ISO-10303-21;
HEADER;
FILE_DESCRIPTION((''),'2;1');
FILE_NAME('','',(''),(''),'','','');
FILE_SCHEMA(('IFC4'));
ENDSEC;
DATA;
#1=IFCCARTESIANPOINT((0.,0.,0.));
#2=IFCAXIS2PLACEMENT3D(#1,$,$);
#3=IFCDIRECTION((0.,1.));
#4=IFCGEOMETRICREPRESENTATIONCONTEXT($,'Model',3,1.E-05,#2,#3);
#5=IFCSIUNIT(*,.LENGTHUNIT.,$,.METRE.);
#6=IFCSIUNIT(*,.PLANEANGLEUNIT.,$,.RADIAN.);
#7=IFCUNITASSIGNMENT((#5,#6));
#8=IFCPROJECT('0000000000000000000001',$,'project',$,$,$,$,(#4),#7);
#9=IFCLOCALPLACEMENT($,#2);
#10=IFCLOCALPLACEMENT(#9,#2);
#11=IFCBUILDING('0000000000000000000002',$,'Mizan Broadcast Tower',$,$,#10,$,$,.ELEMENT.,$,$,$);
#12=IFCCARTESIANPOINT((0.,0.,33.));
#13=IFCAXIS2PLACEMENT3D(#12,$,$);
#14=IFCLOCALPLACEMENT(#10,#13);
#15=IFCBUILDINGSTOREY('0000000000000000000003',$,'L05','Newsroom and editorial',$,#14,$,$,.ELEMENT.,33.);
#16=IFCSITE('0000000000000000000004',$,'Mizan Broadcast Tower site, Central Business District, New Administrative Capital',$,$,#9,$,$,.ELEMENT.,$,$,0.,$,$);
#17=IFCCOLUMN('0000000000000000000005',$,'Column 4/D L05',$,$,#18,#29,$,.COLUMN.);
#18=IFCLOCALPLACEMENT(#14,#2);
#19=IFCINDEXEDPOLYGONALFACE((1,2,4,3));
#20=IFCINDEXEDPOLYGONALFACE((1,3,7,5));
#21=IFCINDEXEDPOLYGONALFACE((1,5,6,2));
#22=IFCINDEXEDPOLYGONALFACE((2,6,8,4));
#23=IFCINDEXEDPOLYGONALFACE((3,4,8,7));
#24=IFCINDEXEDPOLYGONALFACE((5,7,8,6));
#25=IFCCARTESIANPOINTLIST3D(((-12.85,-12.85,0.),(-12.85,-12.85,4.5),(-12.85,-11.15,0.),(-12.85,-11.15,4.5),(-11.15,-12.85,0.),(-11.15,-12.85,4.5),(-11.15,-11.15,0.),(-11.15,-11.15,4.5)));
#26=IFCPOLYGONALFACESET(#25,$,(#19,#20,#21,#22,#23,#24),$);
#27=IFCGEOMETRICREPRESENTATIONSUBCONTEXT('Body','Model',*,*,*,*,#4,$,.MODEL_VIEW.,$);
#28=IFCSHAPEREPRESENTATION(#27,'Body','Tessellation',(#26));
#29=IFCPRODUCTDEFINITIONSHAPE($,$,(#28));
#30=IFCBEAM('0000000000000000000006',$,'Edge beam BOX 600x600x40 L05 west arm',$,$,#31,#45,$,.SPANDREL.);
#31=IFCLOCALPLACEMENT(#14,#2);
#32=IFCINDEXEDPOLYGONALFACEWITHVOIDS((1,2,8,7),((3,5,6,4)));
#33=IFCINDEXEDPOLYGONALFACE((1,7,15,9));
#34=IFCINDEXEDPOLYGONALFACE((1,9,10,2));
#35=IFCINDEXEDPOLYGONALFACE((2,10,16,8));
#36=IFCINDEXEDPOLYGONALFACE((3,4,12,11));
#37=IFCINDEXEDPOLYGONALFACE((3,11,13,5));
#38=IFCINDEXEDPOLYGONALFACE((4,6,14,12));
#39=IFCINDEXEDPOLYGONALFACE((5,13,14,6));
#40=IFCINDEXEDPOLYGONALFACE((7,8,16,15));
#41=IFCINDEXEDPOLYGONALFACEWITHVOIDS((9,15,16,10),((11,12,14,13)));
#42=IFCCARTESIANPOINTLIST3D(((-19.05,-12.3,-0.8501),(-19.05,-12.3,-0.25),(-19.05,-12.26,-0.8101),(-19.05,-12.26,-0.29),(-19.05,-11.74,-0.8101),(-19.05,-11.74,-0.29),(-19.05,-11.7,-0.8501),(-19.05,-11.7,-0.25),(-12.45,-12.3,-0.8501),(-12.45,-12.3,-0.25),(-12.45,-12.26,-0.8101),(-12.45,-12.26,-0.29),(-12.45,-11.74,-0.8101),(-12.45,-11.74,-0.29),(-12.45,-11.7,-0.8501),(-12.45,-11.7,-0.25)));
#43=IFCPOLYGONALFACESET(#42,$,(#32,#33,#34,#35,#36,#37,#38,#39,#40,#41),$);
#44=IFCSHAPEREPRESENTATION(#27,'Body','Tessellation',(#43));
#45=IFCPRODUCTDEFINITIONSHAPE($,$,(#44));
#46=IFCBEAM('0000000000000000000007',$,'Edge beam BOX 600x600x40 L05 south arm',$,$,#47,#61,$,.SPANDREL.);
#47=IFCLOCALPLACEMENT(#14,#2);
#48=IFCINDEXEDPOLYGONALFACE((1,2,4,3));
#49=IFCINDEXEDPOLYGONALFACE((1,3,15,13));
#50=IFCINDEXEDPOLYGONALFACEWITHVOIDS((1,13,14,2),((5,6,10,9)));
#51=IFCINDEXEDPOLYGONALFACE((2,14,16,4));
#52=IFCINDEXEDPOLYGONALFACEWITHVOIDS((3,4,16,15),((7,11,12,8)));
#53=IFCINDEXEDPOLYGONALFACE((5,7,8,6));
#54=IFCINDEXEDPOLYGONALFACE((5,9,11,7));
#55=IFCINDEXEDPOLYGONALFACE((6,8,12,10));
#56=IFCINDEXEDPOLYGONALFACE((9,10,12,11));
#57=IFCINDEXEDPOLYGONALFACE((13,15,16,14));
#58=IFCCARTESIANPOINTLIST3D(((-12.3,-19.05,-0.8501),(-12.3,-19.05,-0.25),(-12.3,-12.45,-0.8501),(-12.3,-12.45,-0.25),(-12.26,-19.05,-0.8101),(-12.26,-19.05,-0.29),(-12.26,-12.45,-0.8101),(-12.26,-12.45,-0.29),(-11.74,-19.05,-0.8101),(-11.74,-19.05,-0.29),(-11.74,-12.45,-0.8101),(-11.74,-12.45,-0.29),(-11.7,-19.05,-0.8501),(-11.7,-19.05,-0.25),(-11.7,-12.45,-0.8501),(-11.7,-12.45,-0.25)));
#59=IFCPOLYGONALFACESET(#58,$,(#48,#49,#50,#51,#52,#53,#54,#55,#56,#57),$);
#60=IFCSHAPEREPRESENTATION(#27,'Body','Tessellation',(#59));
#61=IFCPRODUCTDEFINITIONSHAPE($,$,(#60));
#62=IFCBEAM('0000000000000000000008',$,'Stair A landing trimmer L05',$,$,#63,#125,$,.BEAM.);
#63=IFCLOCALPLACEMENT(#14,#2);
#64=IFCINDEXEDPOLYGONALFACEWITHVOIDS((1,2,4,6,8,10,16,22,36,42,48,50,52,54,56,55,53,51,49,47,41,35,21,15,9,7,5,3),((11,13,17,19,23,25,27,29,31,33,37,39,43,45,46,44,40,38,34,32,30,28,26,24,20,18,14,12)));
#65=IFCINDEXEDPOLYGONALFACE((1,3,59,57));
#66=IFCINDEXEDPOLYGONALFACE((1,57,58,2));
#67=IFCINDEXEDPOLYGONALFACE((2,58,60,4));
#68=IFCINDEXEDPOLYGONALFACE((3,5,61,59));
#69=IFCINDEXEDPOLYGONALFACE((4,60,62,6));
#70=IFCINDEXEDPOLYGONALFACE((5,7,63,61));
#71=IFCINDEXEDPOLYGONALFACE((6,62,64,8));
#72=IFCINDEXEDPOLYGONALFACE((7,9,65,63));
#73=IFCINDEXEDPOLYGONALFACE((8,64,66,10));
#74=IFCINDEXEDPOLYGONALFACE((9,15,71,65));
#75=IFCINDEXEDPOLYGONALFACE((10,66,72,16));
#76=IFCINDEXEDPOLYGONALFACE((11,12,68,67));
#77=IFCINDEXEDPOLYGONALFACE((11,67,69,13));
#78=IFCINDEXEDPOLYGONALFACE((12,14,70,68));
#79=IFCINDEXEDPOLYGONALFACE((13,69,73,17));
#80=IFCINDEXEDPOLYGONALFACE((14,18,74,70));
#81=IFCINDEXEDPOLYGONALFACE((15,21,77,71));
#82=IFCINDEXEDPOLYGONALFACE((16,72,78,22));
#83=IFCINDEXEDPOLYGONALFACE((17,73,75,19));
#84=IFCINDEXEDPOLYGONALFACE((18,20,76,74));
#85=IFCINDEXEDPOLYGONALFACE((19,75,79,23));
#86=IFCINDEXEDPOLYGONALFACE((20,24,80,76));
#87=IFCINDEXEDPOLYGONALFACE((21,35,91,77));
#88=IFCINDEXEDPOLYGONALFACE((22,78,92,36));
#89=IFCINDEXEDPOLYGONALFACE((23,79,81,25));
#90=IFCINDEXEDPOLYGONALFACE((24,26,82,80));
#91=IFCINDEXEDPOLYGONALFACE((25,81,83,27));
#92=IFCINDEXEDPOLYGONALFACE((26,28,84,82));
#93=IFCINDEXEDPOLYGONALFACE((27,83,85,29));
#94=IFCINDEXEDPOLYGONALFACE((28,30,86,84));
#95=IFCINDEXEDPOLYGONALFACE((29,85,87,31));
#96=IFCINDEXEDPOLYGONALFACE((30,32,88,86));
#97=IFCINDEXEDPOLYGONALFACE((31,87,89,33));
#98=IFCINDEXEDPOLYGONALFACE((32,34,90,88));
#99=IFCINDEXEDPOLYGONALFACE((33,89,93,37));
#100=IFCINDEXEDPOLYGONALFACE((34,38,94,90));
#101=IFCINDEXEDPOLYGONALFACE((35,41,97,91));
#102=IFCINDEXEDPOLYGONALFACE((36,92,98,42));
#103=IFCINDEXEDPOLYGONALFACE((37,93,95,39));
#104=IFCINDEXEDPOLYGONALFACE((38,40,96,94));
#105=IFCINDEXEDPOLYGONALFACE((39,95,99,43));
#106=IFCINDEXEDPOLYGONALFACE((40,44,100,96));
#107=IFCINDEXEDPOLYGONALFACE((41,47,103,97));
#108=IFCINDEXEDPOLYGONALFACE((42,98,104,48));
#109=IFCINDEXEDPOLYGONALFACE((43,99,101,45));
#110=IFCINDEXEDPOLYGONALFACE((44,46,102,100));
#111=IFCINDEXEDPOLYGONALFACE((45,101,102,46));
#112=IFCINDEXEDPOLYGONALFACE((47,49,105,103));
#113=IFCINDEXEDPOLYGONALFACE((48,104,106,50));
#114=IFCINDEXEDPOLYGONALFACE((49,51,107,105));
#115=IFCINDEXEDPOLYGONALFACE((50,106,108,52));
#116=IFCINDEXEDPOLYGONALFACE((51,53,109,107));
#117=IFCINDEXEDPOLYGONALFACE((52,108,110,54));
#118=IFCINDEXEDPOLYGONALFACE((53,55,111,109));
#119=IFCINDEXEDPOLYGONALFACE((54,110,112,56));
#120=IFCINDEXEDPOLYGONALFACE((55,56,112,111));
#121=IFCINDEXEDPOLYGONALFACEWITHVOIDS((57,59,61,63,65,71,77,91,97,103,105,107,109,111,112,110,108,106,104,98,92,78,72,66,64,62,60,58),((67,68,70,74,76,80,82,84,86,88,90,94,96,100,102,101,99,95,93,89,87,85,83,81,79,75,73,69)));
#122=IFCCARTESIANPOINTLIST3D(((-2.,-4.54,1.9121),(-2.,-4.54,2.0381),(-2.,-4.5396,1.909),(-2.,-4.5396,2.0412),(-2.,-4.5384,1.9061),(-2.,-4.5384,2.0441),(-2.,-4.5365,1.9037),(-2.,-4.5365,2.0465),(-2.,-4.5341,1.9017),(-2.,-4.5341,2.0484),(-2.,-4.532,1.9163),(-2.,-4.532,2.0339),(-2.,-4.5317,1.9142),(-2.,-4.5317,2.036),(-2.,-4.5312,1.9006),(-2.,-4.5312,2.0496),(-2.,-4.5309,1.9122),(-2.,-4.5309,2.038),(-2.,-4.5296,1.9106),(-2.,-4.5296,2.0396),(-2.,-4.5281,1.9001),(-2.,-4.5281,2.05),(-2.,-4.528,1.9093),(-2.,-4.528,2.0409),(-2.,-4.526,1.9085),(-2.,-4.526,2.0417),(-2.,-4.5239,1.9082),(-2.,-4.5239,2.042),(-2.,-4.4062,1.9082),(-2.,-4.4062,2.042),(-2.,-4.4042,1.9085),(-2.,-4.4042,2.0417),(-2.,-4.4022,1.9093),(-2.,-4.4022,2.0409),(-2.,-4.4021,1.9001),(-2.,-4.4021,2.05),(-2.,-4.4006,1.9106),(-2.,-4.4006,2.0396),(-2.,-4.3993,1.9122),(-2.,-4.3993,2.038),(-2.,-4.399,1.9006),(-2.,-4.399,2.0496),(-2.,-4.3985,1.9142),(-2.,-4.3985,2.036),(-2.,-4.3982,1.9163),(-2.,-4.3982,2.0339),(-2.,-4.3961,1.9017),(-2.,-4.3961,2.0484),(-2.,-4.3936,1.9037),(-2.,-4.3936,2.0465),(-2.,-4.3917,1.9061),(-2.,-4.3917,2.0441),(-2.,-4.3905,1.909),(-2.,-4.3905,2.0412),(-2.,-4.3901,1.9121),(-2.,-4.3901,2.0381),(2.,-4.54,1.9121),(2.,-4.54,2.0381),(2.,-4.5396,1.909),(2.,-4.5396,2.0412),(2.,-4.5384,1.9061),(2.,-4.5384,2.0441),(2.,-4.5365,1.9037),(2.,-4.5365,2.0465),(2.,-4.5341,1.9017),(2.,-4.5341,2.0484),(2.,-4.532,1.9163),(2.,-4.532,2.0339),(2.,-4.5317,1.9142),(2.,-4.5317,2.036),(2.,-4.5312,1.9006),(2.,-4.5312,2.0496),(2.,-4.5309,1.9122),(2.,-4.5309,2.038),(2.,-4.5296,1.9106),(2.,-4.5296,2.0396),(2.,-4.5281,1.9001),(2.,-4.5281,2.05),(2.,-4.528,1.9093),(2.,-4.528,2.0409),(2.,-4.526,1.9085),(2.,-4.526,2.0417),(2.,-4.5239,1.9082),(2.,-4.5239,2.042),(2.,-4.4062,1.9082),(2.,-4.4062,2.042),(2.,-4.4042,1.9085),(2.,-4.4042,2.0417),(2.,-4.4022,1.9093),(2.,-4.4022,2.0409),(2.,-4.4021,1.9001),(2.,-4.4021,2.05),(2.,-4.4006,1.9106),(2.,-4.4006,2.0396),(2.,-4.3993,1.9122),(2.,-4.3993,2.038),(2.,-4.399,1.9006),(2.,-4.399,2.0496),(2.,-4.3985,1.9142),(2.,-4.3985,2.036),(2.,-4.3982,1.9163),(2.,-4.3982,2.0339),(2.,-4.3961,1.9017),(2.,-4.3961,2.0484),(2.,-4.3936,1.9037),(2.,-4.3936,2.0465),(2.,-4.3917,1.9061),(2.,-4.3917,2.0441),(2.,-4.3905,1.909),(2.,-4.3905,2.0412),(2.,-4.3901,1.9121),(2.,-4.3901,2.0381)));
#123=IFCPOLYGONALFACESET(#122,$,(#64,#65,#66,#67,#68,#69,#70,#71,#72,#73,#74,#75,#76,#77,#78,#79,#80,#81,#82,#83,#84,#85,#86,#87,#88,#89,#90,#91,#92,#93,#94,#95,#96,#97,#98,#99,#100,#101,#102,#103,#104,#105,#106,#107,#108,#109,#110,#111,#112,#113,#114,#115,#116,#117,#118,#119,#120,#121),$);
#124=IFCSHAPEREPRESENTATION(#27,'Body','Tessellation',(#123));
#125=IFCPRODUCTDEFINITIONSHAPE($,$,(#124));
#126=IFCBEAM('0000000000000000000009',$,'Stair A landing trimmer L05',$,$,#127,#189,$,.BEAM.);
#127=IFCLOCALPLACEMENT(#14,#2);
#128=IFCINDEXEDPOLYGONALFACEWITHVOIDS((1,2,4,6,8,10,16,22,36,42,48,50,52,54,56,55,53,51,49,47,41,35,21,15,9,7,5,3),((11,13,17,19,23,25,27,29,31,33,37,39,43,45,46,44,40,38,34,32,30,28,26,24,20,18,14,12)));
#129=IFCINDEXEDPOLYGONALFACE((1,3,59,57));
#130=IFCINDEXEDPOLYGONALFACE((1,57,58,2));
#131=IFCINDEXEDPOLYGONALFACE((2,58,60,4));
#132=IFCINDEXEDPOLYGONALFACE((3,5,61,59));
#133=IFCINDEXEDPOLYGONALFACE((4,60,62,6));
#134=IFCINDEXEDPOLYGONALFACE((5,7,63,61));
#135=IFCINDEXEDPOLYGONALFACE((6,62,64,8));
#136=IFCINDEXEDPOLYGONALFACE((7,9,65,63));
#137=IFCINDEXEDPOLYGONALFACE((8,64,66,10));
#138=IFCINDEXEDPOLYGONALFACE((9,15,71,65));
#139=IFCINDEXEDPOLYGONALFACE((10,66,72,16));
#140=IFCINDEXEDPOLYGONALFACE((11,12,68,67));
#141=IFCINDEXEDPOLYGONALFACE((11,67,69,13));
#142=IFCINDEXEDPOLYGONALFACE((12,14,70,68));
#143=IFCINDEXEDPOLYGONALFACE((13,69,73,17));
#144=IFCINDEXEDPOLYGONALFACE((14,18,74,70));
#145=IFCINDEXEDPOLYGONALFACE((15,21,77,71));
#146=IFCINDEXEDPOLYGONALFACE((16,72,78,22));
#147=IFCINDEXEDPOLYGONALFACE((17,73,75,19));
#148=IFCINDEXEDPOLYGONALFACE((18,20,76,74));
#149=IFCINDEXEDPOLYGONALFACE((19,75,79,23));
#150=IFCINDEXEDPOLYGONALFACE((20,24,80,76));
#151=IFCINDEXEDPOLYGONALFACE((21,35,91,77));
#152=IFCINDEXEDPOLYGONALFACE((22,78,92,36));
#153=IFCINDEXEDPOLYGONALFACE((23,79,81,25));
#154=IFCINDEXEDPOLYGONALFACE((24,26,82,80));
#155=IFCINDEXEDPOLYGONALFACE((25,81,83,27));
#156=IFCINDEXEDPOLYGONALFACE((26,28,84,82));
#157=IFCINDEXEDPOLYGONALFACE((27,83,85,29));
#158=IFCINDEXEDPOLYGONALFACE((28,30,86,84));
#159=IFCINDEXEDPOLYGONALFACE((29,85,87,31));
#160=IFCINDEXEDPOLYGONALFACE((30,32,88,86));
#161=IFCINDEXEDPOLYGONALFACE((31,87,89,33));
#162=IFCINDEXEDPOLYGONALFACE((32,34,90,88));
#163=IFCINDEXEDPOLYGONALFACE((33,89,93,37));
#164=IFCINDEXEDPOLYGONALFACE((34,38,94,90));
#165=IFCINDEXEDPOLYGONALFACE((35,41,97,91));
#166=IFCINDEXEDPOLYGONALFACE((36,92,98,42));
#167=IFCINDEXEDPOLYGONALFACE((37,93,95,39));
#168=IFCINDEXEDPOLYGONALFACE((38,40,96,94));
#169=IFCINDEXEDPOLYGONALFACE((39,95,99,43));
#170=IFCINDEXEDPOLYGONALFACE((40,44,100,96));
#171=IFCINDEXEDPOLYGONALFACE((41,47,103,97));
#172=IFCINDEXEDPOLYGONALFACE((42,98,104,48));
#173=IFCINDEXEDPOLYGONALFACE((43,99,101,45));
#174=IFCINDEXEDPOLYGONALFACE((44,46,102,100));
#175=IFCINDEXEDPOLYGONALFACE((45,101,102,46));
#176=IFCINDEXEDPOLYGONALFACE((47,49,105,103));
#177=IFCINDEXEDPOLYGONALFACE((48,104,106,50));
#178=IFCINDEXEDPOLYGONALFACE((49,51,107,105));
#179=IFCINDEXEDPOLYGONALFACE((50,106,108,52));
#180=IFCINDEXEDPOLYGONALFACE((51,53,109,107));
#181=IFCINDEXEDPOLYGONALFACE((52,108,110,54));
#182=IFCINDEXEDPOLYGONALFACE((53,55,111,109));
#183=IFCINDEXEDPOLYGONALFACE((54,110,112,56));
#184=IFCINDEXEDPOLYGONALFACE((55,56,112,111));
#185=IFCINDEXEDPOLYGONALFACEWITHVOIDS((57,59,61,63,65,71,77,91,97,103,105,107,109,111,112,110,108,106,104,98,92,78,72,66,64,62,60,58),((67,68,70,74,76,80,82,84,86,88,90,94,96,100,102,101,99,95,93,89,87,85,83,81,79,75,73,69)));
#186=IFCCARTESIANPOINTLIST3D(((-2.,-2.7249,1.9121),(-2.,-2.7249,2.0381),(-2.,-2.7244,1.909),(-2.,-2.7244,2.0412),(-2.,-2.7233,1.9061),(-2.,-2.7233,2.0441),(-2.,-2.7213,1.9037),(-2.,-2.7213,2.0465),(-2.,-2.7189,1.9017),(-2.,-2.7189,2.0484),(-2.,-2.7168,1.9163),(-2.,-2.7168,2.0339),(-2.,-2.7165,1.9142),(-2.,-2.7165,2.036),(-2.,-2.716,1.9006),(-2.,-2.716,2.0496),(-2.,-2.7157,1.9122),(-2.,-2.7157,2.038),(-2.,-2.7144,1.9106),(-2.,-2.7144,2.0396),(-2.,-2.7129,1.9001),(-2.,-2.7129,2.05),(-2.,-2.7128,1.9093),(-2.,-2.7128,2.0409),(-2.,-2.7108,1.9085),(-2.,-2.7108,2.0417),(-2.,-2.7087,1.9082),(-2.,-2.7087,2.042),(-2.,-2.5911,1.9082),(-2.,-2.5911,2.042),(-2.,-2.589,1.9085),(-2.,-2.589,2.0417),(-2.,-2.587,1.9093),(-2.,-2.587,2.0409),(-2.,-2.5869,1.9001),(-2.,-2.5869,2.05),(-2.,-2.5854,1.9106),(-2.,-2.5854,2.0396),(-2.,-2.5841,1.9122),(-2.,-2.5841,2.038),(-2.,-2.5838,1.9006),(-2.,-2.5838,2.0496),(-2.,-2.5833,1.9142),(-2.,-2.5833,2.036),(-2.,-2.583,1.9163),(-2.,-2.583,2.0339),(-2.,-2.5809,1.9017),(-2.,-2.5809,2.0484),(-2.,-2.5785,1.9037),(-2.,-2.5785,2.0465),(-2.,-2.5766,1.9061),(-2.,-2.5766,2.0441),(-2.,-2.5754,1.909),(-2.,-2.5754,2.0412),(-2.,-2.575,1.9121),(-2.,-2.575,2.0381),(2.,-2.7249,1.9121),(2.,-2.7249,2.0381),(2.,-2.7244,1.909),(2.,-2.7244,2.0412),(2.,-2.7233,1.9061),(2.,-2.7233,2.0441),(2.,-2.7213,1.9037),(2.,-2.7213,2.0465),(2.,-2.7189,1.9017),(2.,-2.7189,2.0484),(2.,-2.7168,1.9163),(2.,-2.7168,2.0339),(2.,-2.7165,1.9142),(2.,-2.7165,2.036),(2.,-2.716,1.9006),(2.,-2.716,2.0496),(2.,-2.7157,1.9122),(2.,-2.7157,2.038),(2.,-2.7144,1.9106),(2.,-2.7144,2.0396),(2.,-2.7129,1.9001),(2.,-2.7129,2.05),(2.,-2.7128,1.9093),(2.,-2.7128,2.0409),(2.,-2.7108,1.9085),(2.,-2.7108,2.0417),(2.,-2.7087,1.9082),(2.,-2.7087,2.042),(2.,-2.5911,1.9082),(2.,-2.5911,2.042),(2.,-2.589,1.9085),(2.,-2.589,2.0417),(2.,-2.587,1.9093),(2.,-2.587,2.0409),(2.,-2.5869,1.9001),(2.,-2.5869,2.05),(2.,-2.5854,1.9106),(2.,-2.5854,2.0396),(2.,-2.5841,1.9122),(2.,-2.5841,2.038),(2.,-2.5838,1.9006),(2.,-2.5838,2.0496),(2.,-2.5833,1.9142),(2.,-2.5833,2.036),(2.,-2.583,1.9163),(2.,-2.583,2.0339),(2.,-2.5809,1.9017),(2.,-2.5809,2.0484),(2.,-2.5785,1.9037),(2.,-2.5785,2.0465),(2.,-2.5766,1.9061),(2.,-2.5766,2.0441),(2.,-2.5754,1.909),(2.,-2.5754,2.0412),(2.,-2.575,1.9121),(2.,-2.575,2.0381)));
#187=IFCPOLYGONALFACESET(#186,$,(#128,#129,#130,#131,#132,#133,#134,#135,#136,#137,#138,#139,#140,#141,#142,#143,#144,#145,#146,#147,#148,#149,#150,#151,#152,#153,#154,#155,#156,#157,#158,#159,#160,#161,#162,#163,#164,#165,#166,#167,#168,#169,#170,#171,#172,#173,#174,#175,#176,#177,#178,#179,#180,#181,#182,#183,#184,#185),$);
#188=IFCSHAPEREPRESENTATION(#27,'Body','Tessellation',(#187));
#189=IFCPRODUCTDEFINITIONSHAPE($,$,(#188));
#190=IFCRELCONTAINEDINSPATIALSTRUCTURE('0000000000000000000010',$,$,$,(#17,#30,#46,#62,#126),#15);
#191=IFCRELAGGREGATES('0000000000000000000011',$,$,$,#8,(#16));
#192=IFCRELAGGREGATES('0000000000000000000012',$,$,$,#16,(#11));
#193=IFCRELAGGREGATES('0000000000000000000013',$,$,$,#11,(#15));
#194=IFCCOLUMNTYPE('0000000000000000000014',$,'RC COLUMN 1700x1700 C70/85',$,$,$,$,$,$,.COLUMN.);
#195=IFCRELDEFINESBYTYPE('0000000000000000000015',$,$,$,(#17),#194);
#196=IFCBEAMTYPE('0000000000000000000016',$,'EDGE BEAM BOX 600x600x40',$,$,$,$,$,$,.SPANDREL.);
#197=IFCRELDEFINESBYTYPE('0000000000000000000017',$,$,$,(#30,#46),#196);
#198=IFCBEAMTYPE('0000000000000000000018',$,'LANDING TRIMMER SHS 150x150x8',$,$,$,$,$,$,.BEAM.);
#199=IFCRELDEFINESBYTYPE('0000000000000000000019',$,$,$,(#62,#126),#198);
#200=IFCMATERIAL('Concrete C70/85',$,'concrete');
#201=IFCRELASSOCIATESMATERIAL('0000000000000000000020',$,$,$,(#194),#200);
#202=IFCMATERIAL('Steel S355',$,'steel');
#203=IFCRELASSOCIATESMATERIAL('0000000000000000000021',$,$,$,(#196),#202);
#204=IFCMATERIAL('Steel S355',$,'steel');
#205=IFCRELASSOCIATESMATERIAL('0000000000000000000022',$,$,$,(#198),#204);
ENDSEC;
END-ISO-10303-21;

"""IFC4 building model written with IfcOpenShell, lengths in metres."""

from ifc_helpers import new_model, si_unit, direction, frame, origin, origin_2d, place, context, subcontext, project, spatial, rectangle, hollow_rectangle, extrude, material, material_profile, profile_set, type_object, element, save


model = new_model("IFC4")

# Units and contexts
model_context = context("Model", 3, precision=1e-05, world=origin(), true_north=direction((0.0, 1.0)))
body_context = subcontext(model_context, "Body", "Model", "MODEL_VIEW")
ifc_project = project(units=[si_unit("LENGTHUNIT", "METRE"), si_unit("PLANEANGLEUNIT", "RADIAN")], contexts=[model_context])

# Site, building, storey
site_placement = place(None, origin())
site = spatial("IfcSite", under=ifc_project, at=site_placement, Name="Mizan Broadcast Tower site, Central Business District, New Administrative Capital", CompositionType="ELEMENT", RefElevation=0.0)
building_placement = place(site_placement, origin())
building = spatial("IfcBuilding", under=site, at=building_placement, Name="Mizan Broadcast Tower", CompositionType="ELEMENT")
storey_placement = place(building_placement, frame((0.0, 0.0, 33.0)))
storey = spatial("IfcBuildingStorey", under=building, at=storey_placement, Name="L05", Description="Newsroom and editorial", CompositionType="ELEMENT", Elevation=33.0)

# Column
ifc_material_1 = material(Name="Concrete C70/85", Category="concrete")
ifc_material_profile_1 = material_profile(ifc_material_1, rectangle(XDim=1.7, YDim=1.7, at=origin_2d()), Name="RC 1700x1700")
ifc_profile_set_1 = profile_set([ifc_material_profile_1], Name="Concrete C70/85")
column_type = type_object("IfcColumnType", Name="RC COLUMN 1700x1700 C70/85", PredefinedType="COLUMN", material=ifc_profile_set_1)
column_placement = place(storey_placement, frame((-12.0, -12.0, 0.0), z_axis=(0.0, 0.0, 1.0), x_axis=(1.0, 0.0, 0.0)))
element("IfcColumn", 1, at=column_placement, inside=storey, type_object=column_type, Name="Column 4/D L05", PredefinedType="COLUMN", context=body_context, shape_type="SweptSolid", body=[
    extrude(rectangle(XDim=1.7, YDim=1.7, at=origin_2d()), origin(), (0.0, 0.0, 1.0), 4.5),
])

# Beams
ifc_material_2 = material(Name="Steel S355", Category="steel")
ifc_material_profile_2 = material_profile(ifc_material_2, hollow_rectangle(XDim=0.6001, YDim=0.6001, WallThickness=0.04, at=origin_2d()), Name="BOX 600x600x40")
ifc_profile_set_2 = profile_set([ifc_material_profile_2], Name="Steel S355")
beam_type_1 = type_object("IfcBeamType", Name="EDGE BEAM BOX 600x600x40", PredefinedType="SPANDREL", material=ifc_profile_set_2)
for number, where, z_axis, x_axis, name in (
    (2, (-12.45, -12.0, -0.55), (-1.0, 0.0, 0.0), (0.0, -1.0, 0.0), "Edge beam BOX 600x600x40 L05 west arm"),
    (3, (-12.0, -12.45, -0.55), (0.0, -1.0, 0.0), (1.0, 0.0, 0.0), "Edge beam BOX 600x600x40 L05 south arm"),
):
    element("IfcBeam", number, at=place(storey_placement, frame(where, z_axis=z_axis, x_axis=x_axis)), inside=storey, type_object=beam_type_1, Name=name, PredefinedType="SPANDREL", context=body_context, shape_type="SweptSolid", body=[
        extrude(hollow_rectangle(XDim=0.6001, YDim=0.6001, WallThickness=0.04, at=origin_2d()), origin(), (0.0, 0.0, 1.0), 6.6001),
    ])
ifc_material_3 = material(Name="Steel S355", Category="steel")
ifc_material_profile_3 = material_profile(ifc_material_3, hollow_rectangle(XDim=0.1499, YDim=0.1499, WallThickness=0.0081, InnerFilletRadius=0.0081, OuterFilletRadius=0.012, at=origin_2d()), Name="SHS 150x150x8")
ifc_profile_set_3 = profile_set([ifc_material_profile_3], Name="Steel S355")
beam_type_2 = type_object("IfcBeamType", Name="LANDING TRIMMER SHS 150x150x8", PredefinedType="BEAM", material=ifc_profile_set_3)
for number, where, z_axis, x_axis, name in (
    (4, (-2.0, -4.4651, 1.9751), (1.0, 0.0, 0.0), (0.0, 1.0, 0.0), "Stair A landing trimmer L05"),
    (5, (-2.0, -2.6499, 1.9751), (1.0, 0.0, 0.0), (0.0, 1.0, 0.0), "Stair A landing trimmer L05"),
):
    element("IfcBeam", number, at=place(storey_placement, frame(where, z_axis=z_axis, x_axis=x_axis)), inside=storey, type_object=beam_type_2, Name=name, PredefinedType="BEAM", context=body_context, shape_type="SweptSolid", body=[
        extrude(hollow_rectangle(XDim=0.1499, YDim=0.1499, WallThickness=0.0081, InnerFilletRadius=0.0081, OuterFilletRadius=0.012, at=origin_2d()), origin(), (0.0, 0.0, 1.0), 4.0),
    ])

save(model, "model.ifc")
